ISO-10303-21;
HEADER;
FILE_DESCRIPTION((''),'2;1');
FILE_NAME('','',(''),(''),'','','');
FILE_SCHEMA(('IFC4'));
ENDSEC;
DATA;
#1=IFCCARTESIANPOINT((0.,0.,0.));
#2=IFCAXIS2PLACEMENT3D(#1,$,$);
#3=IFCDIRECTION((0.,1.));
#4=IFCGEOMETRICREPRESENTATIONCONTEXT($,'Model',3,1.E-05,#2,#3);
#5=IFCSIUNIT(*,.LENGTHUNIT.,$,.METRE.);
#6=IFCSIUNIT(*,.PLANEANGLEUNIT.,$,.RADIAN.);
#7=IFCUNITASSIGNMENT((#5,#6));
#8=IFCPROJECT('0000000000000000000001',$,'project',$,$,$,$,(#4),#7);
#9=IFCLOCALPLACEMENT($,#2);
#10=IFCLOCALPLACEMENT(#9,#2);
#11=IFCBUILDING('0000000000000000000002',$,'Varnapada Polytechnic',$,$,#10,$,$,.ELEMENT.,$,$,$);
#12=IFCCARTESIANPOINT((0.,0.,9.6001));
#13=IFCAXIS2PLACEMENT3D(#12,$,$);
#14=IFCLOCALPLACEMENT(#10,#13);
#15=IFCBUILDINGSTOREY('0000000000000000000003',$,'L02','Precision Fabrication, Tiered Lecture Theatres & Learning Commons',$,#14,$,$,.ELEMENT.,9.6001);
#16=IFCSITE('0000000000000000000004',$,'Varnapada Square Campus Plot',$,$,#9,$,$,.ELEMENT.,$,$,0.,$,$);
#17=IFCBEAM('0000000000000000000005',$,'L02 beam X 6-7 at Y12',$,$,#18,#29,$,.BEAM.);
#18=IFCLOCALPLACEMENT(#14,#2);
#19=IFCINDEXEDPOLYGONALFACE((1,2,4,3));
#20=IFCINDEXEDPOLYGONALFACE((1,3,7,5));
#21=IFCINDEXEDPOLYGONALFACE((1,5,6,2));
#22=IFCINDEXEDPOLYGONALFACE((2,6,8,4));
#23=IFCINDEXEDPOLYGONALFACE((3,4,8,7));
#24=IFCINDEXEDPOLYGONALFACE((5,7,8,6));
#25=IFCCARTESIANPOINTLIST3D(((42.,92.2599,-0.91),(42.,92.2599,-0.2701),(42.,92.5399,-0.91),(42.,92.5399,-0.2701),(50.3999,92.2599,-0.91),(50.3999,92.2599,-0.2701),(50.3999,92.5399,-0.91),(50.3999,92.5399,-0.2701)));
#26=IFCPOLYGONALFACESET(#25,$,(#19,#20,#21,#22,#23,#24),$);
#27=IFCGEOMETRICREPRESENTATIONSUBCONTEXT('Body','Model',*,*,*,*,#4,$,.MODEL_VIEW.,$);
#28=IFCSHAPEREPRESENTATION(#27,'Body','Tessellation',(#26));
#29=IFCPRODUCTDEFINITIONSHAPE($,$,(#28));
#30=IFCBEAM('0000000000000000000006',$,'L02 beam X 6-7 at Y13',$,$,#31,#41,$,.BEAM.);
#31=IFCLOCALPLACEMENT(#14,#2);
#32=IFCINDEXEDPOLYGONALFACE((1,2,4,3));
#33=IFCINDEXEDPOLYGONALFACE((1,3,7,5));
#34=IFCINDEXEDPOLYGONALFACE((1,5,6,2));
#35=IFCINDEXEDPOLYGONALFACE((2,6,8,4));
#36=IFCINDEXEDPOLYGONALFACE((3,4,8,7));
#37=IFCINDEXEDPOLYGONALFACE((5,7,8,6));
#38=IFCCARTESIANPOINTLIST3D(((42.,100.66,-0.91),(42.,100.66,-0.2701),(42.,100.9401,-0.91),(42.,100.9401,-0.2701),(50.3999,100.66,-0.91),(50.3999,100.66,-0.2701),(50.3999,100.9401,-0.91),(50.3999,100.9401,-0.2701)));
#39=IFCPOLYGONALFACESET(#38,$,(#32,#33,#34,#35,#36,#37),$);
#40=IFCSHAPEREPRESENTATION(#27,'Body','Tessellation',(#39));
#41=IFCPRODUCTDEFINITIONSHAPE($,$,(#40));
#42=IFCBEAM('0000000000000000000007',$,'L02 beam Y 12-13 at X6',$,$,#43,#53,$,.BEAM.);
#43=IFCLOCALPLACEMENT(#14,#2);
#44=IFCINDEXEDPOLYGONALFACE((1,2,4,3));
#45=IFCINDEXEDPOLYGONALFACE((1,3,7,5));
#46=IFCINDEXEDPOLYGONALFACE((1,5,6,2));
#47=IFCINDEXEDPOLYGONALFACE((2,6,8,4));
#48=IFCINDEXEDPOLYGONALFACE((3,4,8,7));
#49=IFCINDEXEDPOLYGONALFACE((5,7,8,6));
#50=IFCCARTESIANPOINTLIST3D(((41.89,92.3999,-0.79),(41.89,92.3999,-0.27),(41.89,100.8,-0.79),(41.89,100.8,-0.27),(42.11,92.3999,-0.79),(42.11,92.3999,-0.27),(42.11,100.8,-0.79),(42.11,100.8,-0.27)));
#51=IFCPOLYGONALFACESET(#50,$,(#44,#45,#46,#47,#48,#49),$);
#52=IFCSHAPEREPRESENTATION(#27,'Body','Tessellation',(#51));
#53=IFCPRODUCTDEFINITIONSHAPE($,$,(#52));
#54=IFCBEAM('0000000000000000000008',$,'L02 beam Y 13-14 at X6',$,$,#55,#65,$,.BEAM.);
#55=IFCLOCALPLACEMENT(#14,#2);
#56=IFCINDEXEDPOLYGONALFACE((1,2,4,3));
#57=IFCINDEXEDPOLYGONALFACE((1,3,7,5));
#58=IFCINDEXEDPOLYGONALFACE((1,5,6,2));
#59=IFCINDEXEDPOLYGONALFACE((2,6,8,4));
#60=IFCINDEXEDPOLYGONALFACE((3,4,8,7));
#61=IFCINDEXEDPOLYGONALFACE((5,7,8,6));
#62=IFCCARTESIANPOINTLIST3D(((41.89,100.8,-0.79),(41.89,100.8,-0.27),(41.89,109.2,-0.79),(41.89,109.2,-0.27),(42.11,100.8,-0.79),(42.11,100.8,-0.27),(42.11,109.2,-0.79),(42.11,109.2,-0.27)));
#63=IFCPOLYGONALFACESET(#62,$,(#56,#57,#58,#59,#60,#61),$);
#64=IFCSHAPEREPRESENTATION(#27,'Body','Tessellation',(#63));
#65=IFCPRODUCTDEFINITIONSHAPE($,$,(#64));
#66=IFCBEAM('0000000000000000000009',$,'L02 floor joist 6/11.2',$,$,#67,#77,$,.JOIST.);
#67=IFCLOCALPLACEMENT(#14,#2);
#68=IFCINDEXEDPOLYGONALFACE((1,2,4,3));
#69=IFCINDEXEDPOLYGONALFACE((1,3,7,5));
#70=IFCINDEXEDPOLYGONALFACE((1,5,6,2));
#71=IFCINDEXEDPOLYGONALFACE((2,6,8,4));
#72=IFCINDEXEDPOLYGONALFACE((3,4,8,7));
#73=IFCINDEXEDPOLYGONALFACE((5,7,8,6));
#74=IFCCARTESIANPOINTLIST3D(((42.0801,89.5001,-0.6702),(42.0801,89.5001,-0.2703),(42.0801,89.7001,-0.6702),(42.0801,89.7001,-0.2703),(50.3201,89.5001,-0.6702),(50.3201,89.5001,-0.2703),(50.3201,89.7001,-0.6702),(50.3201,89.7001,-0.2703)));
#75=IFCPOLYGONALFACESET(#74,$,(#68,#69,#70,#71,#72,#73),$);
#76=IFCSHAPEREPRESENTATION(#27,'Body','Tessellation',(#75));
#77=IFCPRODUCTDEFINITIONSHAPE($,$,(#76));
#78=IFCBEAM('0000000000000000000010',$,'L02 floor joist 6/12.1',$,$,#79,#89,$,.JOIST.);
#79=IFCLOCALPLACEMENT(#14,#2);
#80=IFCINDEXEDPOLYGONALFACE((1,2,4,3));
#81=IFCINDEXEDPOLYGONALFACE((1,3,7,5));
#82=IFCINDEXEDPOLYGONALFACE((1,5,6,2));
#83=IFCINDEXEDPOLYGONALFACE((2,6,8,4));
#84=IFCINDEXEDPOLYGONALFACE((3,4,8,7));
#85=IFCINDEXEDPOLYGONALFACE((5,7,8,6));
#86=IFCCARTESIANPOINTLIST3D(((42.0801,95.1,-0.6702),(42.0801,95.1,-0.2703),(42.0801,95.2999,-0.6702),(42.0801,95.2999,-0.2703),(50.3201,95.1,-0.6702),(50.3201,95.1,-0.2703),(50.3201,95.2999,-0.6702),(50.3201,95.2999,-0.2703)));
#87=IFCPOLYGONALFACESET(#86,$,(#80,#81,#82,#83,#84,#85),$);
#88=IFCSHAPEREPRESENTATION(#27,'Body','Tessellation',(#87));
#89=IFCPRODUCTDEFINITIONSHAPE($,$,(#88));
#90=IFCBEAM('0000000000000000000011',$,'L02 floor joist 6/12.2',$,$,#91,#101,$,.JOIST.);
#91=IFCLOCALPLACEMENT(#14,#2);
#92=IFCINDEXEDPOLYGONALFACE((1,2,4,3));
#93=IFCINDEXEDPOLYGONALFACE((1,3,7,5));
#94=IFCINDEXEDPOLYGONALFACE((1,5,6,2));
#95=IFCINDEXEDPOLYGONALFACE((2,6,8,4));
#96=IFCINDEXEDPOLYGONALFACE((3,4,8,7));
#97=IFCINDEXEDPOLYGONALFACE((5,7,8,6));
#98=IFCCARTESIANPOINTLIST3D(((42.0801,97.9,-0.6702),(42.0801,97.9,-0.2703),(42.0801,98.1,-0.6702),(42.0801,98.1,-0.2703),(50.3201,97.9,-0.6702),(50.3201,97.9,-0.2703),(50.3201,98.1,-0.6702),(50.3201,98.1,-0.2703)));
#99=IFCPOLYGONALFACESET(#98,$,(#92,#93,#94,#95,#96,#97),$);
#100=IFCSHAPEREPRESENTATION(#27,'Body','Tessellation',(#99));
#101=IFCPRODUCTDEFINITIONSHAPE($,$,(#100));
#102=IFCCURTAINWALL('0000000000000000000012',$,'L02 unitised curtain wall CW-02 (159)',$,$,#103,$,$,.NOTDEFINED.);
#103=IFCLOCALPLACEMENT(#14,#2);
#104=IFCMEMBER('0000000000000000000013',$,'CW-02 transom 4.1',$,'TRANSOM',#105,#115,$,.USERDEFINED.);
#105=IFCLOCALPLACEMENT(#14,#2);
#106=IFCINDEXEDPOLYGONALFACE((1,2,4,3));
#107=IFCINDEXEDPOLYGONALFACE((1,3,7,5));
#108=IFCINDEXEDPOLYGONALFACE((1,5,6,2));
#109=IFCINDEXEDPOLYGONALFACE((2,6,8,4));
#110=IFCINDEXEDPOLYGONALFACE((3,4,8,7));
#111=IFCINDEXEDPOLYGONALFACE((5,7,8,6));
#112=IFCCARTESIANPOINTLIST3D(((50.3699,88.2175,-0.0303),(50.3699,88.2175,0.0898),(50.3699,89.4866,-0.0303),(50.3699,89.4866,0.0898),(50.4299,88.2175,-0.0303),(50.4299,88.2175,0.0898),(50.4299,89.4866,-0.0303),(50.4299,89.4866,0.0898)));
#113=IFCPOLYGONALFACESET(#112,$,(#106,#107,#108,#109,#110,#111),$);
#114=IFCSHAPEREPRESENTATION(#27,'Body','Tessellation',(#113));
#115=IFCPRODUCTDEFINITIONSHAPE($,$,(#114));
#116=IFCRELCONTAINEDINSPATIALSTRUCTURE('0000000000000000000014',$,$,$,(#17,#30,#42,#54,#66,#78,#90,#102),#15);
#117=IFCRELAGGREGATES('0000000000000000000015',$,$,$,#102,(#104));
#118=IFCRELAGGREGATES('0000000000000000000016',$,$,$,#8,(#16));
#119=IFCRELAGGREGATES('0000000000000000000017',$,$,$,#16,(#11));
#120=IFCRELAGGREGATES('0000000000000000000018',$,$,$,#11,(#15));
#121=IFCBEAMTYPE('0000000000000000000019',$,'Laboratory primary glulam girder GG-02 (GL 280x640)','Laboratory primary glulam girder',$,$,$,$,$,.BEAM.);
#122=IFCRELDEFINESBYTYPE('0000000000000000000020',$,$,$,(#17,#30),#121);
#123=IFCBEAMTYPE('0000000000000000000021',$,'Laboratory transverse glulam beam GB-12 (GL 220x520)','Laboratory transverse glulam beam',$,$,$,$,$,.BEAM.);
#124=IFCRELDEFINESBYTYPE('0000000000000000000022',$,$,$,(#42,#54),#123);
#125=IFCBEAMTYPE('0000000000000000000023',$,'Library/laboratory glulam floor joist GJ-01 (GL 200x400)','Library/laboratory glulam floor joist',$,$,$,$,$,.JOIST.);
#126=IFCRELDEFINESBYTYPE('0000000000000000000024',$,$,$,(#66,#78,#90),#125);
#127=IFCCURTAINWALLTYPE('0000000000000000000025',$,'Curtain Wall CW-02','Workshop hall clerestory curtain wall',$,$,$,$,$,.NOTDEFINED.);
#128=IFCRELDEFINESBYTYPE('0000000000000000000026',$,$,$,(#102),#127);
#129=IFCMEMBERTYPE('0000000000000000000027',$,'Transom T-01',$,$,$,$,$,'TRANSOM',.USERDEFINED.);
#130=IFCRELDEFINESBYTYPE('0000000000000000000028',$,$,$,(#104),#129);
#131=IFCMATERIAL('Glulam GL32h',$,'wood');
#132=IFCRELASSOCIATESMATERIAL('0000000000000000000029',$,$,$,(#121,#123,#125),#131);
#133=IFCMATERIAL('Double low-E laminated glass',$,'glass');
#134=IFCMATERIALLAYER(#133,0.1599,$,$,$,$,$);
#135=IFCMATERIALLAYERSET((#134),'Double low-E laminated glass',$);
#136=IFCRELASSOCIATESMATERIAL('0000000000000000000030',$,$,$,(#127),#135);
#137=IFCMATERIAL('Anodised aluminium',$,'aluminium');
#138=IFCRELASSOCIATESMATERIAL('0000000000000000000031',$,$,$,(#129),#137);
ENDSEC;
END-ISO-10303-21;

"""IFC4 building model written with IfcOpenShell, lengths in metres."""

from ifc_helpers import new_model, si_unit, direction, frame, origin, origin_2d, place, context, subcontext, project, spatial, rectangle, extrude, material, layer, layer_set, material_profile, profile_set, type_object, element, aggregate, save


model = new_model("IFC4")

# Units and contexts
model_context = context("Model", 3, precision=1e-05, world=origin(), true_north=direction((0.0, 1.0)))
body_context = subcontext(model_context, "Body", "Model", "MODEL_VIEW")
ifc_project = project(units=[si_unit("LENGTHUNIT", "METRE"), si_unit("PLANEANGLEUNIT", "RADIAN")], contexts=[model_context])

# Site, building, storey
site_placement = place(None, origin())
site = spatial("IfcSite", under=ifc_project, at=site_placement, Name="Varnapada Square Campus Plot", CompositionType="ELEMENT", RefElevation=0.0)
building_placement = place(site_placement, origin())
building = spatial("IfcBuilding", under=site, at=building_placement, Name="Varnapada Polytechnic", CompositionType="ELEMENT")
storey_placement = place(building_placement, frame((0.0, 0.0, 9.6001)))
storey = spatial("IfcBuildingStorey", under=building, at=storey_placement, Name="L02", Description="Precision Fabrication, Tiered Lecture Theatres & Learning Commons", CompositionType="ELEMENT", Elevation=9.6001)

# Beams
ifc_material_1 = material(Name="Glulam GL32h", Category="wood")
ifc_material_profile_1 = material_profile(ifc_material_1, rectangle(XDim=0.28, YDim=0.6399, at=origin_2d()), Name="GL 280x640")
ifc_profile_set_1 = profile_set([ifc_material_profile_1], Name="Glulam GL32h")
beam_type_1 = type_object("IfcBeamType", Name="Laboratory primary glulam girder GG-02 (GL 280x640)", Description="Laboratory primary glulam girder", PredefinedType="BEAM", material=ifc_profile_set_1)
for number, where, z_axis, x_axis, name in (
    (1, (42.0, 92.3999, -0.5901), (1.0, 0.0, 0.0), (0.0, 1.0, 0.0), "L02 beam X 6-7 at Y12"),
    (2, (42.0, 100.8, -0.5901), (1.0, 0.0, 0.0), (0.0, 1.0, 0.0), "L02 beam X 6-7 at Y13"),
):
    element("IfcBeam", number, at=place(storey_placement, frame(where, z_axis=z_axis, x_axis=x_axis)), inside=storey, type_object=beam_type_1, Name=name, PredefinedType="BEAM", context=body_context, shape_type="SweptSolid", body=[
        extrude(rectangle(XDim=0.28, YDim=0.6399, at=origin_2d()), origin(), (0.0, 0.0, 1.0), 8.3999),
    ])
ifc_material_profile_2 = material_profile(ifc_material_1, rectangle(XDim=0.22, YDim=0.52, at=origin_2d()), Name="GL 220x520")
ifc_profile_set_2 = profile_set([ifc_material_profile_2], Name="Glulam GL32h")
beam_type_2 = type_object("IfcBeamType", Name="Laboratory transverse glulam beam GB-12 (GL 220x520)", Description="Laboratory transverse glulam beam", PredefinedType="BEAM", material=ifc_profile_set_2)
beam_1_placement = place(storey_placement, frame((42.0, 92.3999, -0.53), z_axis=(0.0, 1.0, 0.0), x_axis=(-1.0, 0.0, 0.0)))
element("IfcBeam", 3, at=beam_1_placement, inside=storey, type_object=beam_type_2, Name="L02 beam Y 12-13 at X6", PredefinedType="BEAM", context=body_context, shape_type="SweptSolid", body=[
    extrude(rectangle(XDim=0.22, YDim=0.52, at=origin_2d()), origin(), (0.0, 0.0, 1.0), 8.4001),
])
beam_2_placement = place(storey_placement, frame((42.0, 100.8, -0.53), z_axis=(0.0, 1.0, 0.0), x_axis=(-1.0, 0.0, 0.0)))
element("IfcBeam", 4, at=beam_2_placement, inside=storey, type_object=beam_type_2, Name="L02 beam Y 13-14 at X6", PredefinedType="BEAM", context=body_context, shape_type="SweptSolid", body=[
    extrude(rectangle(XDim=0.22, YDim=0.52, at=origin_2d()), origin(), (0.0, 0.0, 1.0), 8.3999),
])
ifc_material_profile_3 = material_profile(ifc_material_1, rectangle(XDim=0.2, YDim=0.3999, at=origin_2d()), Name="GL 200x400")
ifc_profile_set_3 = profile_set([ifc_material_profile_3], Name="Glulam GL32h")
beam_type_3 = type_object("IfcBeamType", Name="Library/laboratory glulam floor joist GJ-01 (GL 200x400)", Description="Library/laboratory glulam floor joist", PredefinedType="JOIST", material=ifc_profile_set_3)
for number, where, z_axis, x_axis, name in (
    (5, (42.0801, 89.6001, -0.4702), (1.0, 0.0, 0.0), (0.0, 1.0, 0.0), "L02 floor joist 6/11.2"),
    (6, (42.0801, 95.2, -0.4702), (1.0, 0.0, 0.0), (0.0, 1.0, 0.0), "L02 floor joist 6/12.1"),
    (7, (42.0801, 98.0, -0.4702), (1.0, 0.0, 0.0), (0.0, 1.0, 0.0), "L02 floor joist 6/12.2"),
):
    element("IfcBeam", number, at=place(storey_placement, frame(where, z_axis=z_axis, x_axis=x_axis)), inside=storey, type_object=beam_type_3, Name=name, PredefinedType="JOIST", context=body_context, shape_type="SweptSolid", body=[
        extrude(rectangle(XDim=0.2, YDim=0.3999, at=origin_2d()), origin(), (0.0, 0.0, 1.0), 8.24),
    ])

# Curtain wall, member
ifc_material_2 = material(Name="Double low-E laminated glass", Category="glass")
ifc_layer_1 = layer(ifc_material_2, 0.1599)
ifc_layer_set_1 = layer_set([ifc_layer_1], Name="Double low-E laminated glass")
curtain_wall_type = type_object("IfcCurtainWallType", Name="Curtain Wall CW-02", Description="Workshop hall clerestory curtain wall", PredefinedType="NOTDEFINED", material=ifc_layer_set_1)
curtain_wall_placement = place(storey_placement, origin())
curtain_wall = element("IfcCurtainWall", 8, at=curtain_wall_placement, inside=storey, type_object=curtain_wall_type, Name="L02 unitised curtain wall CW-02 (159)", PredefinedType="NOTDEFINED")
ifc_material_3 = material(Name="Anodised aluminium", Category="aluminium")
ifc_material_profile_4 = material_profile(ifc_material_3, rectangle(XDim=0.0601, YDim=0.1201, at=origin_2d()), Name="ALU T60x120")
ifc_profile_set_4 = profile_set([ifc_material_profile_4], Name="Anodised aluminium")
member_type = type_object("IfcMemberType", Name="Transom T-01", ElementType="TRANSOM", PredefinedType="USERDEFINED", material=ifc_profile_set_4)
member_placement = place(storey_placement, frame((50.3999, 88.2175, 0.0298), z_axis=(0.0, 1.0, 0.0), x_axis=(-1.0, 0.0, 0.0)))
member = element("IfcMember", 9, at=member_placement, type_object=member_type, Name="CW-02 transom 4.1", ObjectType="TRANSOM", PredefinedType="USERDEFINED", context=body_context, shape_type="SweptSolid", body=[
    extrude(rectangle(XDim=0.0601, YDim=0.1201, at=origin_2d()), origin(), (0.0, 0.0, 1.0), 1.269),
])
aggregate(curtain_wall, [member])

save(model, "model.ifc")
